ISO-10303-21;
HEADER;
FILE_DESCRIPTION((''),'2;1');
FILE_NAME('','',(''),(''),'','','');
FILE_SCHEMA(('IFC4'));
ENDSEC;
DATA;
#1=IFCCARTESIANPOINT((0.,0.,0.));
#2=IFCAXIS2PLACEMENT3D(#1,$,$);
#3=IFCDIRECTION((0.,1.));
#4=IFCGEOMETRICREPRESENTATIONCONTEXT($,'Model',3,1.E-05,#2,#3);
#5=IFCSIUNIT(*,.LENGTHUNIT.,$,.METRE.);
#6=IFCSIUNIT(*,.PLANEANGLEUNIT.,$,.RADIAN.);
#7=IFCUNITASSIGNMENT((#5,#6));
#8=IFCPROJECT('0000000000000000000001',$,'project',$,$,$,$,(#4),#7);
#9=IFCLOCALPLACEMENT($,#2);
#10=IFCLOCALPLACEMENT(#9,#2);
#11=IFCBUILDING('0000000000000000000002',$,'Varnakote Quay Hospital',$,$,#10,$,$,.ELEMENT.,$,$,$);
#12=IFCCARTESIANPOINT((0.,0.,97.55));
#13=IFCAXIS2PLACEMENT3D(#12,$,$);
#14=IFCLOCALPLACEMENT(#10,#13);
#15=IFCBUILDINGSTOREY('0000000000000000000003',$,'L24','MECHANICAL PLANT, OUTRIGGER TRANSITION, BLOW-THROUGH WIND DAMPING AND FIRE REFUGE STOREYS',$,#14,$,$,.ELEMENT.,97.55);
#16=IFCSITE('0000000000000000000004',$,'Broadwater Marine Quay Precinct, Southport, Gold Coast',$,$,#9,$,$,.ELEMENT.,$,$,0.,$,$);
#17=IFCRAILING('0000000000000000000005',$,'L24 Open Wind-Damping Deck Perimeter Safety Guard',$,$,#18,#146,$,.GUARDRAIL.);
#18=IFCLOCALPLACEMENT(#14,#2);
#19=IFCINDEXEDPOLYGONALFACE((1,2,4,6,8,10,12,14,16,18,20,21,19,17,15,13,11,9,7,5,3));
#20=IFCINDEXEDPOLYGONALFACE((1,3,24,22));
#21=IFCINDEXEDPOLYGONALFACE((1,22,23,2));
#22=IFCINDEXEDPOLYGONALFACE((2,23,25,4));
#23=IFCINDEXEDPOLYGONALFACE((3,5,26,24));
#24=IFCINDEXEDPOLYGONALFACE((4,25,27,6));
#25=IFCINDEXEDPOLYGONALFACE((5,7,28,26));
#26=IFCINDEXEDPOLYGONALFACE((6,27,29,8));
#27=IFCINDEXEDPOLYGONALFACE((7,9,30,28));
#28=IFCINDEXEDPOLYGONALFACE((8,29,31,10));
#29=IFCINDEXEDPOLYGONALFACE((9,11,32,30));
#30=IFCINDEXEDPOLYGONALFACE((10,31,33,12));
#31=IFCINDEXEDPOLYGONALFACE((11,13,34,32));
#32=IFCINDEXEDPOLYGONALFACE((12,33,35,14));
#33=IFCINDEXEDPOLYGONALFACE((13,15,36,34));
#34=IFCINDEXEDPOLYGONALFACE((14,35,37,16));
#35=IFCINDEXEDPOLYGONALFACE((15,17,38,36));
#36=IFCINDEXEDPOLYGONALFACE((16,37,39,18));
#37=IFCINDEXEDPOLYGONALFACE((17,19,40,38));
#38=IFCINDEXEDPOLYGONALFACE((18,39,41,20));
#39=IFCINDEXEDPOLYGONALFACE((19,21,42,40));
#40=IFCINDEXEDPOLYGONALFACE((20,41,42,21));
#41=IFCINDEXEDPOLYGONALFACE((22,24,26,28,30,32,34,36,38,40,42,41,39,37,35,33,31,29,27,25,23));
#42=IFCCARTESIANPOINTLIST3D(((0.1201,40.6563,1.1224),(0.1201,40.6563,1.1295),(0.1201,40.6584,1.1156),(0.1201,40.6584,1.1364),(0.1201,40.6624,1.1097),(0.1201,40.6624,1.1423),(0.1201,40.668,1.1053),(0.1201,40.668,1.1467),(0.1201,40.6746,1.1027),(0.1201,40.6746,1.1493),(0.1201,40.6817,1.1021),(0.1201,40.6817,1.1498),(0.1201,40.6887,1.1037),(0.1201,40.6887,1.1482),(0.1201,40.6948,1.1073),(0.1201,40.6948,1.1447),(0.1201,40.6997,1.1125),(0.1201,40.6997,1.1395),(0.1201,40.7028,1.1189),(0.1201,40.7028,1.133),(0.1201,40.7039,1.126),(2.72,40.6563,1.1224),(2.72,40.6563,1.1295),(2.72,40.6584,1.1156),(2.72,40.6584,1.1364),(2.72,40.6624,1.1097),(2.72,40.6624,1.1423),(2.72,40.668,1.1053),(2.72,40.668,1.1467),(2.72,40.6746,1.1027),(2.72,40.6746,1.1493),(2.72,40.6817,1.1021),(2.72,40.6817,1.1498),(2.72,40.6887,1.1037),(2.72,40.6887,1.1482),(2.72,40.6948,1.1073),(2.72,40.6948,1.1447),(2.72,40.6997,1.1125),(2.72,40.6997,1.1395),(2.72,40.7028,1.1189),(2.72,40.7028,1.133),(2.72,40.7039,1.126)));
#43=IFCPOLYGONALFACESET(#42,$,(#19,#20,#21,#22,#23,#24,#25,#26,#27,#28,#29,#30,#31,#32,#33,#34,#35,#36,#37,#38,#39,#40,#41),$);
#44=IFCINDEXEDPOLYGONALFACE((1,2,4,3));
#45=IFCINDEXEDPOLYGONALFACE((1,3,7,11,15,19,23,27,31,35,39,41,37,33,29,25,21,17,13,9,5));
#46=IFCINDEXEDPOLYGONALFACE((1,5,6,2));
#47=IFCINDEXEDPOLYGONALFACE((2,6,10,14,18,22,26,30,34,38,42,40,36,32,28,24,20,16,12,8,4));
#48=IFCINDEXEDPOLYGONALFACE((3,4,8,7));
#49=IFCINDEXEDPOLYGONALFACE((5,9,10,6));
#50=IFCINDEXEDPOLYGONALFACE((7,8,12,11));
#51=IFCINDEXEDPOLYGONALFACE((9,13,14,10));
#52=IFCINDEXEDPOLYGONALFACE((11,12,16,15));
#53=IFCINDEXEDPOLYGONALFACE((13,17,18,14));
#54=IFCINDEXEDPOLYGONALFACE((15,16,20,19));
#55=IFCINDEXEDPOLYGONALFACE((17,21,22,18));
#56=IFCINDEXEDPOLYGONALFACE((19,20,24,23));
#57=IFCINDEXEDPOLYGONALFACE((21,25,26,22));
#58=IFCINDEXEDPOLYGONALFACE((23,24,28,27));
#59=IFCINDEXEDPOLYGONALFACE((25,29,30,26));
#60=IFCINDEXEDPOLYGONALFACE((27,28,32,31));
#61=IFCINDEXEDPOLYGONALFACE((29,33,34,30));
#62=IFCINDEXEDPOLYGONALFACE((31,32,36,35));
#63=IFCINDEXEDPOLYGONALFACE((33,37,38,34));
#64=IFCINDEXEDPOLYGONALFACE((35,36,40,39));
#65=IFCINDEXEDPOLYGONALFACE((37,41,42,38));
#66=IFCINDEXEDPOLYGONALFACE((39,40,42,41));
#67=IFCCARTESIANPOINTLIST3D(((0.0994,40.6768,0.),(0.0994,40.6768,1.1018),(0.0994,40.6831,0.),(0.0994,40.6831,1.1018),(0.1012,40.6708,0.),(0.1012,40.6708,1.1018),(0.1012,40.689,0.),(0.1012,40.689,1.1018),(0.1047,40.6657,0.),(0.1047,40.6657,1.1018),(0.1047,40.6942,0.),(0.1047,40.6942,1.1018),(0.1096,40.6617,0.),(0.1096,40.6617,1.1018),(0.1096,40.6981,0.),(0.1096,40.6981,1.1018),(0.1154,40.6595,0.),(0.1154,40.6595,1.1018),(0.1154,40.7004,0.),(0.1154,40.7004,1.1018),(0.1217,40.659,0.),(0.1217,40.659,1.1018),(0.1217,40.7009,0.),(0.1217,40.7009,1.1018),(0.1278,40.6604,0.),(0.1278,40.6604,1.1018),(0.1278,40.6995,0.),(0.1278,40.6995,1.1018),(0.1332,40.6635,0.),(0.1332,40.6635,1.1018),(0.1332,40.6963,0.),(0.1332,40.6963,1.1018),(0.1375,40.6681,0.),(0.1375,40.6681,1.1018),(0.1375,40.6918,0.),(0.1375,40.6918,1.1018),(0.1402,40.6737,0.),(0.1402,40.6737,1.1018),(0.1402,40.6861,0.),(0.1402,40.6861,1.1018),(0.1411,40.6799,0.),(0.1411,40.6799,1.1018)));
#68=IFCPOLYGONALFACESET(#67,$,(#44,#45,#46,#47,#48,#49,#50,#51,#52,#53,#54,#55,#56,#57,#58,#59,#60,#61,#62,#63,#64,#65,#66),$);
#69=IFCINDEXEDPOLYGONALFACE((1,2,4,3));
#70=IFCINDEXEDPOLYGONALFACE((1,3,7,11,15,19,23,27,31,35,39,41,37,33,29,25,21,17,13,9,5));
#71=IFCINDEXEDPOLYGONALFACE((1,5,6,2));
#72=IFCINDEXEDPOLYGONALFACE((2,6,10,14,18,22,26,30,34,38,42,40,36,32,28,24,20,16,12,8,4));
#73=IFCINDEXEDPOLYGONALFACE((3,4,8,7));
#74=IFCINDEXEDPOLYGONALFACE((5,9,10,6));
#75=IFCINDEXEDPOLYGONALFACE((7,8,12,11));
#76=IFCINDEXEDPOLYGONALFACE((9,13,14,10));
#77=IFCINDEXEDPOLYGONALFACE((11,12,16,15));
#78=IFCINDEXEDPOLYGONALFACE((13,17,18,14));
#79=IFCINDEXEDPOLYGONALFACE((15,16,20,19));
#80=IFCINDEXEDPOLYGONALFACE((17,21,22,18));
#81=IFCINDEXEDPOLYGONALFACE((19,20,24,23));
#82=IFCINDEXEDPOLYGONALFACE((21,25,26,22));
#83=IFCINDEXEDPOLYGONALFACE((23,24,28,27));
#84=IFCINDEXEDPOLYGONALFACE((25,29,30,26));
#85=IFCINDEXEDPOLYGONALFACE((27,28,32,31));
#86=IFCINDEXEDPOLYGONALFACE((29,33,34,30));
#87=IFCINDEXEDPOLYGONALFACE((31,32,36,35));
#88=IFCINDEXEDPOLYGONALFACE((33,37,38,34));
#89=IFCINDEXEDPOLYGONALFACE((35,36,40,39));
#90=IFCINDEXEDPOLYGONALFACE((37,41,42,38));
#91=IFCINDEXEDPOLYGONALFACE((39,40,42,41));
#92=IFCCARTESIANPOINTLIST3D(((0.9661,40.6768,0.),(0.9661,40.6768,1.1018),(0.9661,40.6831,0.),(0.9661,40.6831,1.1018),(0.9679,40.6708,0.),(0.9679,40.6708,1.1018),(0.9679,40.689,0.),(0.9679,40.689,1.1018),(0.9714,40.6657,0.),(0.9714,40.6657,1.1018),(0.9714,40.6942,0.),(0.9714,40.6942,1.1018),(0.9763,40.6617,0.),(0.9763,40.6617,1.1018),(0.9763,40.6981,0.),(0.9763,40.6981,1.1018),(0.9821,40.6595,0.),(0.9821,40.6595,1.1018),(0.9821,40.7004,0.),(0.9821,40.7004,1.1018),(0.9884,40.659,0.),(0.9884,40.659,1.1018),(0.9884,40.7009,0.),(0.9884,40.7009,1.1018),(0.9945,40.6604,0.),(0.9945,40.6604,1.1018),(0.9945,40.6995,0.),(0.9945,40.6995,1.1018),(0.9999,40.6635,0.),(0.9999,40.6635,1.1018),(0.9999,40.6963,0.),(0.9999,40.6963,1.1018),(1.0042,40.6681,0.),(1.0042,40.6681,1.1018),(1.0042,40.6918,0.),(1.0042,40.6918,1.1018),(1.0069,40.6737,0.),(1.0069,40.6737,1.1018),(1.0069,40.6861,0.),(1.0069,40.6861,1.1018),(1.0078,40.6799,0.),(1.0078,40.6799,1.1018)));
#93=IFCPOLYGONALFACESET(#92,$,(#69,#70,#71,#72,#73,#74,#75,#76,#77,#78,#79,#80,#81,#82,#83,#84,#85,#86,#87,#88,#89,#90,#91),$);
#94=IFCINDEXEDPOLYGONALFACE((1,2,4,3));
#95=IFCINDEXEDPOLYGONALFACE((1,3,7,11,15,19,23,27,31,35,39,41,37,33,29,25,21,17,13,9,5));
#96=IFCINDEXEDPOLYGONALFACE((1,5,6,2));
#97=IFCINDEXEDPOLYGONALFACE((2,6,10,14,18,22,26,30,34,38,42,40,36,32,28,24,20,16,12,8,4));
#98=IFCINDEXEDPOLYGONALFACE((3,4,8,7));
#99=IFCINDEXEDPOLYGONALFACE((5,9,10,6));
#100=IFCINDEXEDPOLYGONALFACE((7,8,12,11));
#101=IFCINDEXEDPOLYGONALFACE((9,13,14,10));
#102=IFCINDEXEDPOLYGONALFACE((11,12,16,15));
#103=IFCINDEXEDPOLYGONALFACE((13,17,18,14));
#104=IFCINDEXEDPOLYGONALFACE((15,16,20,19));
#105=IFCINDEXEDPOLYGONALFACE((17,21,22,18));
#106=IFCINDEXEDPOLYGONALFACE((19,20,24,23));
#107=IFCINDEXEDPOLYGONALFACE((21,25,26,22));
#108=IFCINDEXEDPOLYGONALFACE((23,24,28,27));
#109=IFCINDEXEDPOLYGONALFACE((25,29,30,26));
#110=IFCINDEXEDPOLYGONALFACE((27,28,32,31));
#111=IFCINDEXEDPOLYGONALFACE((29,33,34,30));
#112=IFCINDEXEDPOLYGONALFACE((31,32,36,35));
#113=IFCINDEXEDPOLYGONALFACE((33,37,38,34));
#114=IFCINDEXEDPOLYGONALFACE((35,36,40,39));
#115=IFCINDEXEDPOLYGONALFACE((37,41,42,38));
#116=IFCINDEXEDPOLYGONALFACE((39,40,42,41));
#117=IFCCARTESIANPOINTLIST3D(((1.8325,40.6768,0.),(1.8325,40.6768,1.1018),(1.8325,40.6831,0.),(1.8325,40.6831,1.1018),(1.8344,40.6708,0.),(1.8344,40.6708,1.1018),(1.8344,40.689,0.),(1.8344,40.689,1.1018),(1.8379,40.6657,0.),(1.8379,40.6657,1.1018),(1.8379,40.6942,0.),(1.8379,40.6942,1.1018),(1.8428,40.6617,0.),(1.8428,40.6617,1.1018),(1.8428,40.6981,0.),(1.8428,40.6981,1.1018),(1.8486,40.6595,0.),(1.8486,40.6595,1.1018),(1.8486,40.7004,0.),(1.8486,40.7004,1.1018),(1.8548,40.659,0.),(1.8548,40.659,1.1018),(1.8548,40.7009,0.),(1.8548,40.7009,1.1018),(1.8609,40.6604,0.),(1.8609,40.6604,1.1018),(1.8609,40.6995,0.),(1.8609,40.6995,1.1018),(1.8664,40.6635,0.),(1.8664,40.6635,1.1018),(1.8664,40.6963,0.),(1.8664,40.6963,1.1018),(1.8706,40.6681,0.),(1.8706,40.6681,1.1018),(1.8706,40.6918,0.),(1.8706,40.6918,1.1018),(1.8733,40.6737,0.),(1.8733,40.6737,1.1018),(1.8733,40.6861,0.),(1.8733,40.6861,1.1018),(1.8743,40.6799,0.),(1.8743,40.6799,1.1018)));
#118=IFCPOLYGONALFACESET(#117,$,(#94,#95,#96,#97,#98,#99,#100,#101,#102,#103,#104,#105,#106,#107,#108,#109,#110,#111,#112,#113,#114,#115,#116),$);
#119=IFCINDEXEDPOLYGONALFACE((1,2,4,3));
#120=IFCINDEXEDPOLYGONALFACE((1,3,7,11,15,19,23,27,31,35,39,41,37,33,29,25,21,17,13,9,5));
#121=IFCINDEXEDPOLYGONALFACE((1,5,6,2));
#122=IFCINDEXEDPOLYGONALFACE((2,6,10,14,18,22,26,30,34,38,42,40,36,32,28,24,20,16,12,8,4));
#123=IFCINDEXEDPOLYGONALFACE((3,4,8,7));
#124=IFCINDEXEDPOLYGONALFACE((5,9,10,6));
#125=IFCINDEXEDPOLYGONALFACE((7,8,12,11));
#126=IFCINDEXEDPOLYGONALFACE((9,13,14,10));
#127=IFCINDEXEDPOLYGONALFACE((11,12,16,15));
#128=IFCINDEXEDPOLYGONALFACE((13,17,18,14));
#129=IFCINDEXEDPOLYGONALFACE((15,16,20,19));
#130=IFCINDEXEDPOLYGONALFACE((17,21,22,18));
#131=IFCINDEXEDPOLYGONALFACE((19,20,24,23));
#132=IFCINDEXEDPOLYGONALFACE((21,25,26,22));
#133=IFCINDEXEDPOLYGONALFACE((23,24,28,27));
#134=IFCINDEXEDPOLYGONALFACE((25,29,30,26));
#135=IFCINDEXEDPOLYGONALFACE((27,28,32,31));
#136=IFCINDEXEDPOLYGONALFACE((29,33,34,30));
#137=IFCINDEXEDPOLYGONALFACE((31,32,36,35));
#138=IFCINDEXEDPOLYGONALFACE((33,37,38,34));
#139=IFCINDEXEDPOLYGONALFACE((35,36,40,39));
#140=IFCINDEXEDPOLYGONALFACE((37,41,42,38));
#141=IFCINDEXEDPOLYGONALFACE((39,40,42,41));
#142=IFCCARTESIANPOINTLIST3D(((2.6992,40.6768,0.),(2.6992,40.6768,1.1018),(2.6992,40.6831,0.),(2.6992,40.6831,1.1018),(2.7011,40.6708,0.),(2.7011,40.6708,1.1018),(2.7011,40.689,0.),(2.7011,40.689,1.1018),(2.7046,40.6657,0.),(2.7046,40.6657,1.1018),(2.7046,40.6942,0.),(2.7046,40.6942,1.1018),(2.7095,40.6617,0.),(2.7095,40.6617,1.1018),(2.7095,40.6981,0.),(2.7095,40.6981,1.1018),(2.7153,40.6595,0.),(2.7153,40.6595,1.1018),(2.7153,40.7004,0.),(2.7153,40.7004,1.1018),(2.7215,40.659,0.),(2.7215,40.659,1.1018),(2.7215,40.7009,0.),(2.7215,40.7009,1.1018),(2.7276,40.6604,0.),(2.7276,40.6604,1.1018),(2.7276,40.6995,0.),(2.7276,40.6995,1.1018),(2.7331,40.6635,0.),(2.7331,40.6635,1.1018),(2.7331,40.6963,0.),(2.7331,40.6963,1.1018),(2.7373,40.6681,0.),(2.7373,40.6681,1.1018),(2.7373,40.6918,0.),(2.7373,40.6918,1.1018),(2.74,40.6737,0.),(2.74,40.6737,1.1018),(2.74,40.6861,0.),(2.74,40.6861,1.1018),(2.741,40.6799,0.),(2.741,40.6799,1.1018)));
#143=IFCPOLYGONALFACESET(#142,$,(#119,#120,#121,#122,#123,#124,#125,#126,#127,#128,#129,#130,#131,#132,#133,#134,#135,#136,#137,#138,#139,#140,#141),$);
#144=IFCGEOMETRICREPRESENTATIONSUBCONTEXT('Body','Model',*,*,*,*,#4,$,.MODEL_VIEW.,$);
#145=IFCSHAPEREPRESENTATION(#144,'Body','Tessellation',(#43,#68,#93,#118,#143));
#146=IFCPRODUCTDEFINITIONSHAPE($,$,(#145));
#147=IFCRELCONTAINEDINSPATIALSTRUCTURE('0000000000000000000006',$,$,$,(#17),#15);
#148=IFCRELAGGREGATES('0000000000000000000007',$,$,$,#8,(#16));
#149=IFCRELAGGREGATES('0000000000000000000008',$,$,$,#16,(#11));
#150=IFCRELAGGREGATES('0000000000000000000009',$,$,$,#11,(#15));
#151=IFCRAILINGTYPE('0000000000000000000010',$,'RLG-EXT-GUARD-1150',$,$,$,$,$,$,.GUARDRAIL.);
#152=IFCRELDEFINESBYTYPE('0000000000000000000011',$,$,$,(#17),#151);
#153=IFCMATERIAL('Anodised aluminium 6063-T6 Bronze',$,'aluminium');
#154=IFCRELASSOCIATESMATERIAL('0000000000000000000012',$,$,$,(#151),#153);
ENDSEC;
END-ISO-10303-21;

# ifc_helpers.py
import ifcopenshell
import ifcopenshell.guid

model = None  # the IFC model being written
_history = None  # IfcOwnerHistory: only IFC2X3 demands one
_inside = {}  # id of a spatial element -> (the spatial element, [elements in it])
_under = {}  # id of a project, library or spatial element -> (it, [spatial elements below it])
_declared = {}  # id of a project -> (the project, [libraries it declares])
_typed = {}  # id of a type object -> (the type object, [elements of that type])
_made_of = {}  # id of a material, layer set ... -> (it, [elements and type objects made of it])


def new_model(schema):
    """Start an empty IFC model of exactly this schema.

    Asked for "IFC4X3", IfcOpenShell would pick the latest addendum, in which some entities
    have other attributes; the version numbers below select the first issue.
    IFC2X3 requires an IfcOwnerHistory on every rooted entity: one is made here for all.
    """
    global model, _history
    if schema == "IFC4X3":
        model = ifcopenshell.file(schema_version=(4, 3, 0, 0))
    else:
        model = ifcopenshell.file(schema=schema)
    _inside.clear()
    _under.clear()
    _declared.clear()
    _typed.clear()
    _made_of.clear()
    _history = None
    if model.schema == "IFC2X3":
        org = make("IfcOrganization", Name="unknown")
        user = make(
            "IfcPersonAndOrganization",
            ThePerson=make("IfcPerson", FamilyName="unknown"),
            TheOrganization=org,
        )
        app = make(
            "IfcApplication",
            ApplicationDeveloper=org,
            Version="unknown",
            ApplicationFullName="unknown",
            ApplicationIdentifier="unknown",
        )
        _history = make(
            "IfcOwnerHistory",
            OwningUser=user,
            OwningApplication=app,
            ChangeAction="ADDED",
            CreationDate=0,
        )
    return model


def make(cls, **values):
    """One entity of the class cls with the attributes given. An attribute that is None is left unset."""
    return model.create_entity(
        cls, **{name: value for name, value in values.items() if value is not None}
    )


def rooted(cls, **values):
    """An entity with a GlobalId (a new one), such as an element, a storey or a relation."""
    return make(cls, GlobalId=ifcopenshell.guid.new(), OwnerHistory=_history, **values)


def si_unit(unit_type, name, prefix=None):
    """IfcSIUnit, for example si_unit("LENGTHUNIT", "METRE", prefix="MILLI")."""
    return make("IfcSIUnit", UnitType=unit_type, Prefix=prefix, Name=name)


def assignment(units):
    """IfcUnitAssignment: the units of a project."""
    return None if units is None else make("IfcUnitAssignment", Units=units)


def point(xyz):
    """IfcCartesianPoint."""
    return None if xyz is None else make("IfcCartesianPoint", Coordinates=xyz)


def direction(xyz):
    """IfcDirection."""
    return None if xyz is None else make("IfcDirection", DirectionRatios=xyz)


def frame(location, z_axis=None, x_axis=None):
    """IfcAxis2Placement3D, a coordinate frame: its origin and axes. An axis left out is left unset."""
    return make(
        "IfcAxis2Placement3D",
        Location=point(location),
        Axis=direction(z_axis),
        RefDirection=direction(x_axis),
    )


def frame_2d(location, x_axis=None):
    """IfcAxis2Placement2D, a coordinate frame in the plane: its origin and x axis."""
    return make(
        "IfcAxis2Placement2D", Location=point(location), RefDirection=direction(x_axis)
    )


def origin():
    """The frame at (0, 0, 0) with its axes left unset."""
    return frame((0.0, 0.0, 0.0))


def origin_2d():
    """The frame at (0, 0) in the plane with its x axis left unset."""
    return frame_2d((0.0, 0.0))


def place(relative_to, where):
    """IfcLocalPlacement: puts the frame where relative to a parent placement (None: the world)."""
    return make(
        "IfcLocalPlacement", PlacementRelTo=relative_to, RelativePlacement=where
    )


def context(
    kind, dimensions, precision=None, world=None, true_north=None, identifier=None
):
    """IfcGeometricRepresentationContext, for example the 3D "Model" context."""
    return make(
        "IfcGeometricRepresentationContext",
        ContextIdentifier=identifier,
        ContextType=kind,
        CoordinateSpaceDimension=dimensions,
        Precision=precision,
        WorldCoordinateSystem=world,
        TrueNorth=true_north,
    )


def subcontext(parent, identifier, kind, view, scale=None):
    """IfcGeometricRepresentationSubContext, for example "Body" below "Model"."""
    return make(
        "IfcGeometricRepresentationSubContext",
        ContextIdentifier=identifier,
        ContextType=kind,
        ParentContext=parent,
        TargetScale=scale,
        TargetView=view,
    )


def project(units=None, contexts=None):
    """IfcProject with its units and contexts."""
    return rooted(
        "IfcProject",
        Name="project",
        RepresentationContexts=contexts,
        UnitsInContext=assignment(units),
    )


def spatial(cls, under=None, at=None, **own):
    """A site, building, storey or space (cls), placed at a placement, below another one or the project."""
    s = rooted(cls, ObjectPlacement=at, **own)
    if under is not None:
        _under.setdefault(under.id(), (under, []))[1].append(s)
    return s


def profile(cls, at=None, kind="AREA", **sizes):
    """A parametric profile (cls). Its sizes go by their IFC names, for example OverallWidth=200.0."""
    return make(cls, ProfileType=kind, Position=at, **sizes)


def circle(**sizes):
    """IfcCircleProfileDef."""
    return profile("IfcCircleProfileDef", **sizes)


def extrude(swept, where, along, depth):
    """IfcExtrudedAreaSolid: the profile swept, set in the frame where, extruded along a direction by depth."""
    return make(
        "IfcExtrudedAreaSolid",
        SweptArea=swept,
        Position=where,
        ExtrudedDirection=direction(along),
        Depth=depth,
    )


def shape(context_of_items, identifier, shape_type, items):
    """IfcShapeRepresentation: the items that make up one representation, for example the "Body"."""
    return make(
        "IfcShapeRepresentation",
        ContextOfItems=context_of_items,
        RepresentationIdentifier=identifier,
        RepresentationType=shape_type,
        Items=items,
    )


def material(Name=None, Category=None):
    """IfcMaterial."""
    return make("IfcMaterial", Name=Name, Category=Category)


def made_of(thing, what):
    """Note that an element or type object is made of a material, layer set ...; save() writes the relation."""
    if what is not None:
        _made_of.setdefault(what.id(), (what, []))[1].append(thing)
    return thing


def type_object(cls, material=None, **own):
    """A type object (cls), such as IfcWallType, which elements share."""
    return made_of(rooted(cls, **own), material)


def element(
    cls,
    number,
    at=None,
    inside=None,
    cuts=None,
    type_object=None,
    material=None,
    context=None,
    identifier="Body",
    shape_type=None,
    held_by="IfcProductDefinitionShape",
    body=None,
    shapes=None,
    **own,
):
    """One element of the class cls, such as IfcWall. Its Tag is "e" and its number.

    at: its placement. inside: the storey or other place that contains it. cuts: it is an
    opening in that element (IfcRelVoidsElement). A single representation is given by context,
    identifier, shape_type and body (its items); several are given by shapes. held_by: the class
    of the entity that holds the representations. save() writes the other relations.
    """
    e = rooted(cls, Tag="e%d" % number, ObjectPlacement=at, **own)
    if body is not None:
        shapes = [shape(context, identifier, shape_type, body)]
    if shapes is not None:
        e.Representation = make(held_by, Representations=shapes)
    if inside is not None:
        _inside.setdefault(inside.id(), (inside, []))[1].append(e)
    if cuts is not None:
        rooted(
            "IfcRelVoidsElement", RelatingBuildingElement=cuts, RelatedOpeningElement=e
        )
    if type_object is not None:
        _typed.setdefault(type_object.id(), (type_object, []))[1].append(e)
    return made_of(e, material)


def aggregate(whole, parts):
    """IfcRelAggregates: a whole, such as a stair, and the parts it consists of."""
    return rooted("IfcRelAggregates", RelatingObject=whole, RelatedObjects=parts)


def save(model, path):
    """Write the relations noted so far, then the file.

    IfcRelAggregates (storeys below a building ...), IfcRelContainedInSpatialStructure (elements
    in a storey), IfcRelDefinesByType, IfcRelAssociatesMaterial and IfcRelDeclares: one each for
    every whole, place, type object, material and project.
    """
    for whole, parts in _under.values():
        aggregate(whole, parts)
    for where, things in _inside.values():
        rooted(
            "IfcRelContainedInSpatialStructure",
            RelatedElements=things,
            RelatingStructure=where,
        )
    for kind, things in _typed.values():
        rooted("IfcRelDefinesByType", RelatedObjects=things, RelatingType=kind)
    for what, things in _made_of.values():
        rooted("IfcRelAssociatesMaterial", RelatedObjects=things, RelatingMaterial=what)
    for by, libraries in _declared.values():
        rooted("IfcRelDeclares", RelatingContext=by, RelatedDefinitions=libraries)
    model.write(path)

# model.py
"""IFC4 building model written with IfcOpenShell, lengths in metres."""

from ifc_helpers import new_model, si_unit, direction, frame, origin, origin_2d, place, context, subcontext, project, spatial, circle, extrude, material, type_object, element, save


model = new_model("IFC4")

# Units and contexts
model_context = context("Model", 3, precision=1e-05, world=origin(), true_north=direction((0.0, 1.0)))
body_context = subcontext(model_context, "Body", "Model", "MODEL_VIEW")
ifc_project = project(units=[si_unit("LENGTHUNIT", "METRE"), si_unit("PLANEANGLEUNIT", "RADIAN")], contexts=[model_context])

# Site, building, storey
site_placement = place(None, origin())
site = spatial("IfcSite", under=ifc_project, at=site_placement, Name="Broadwater Marine Quay Precinct, Southport, Gold Coast", CompositionType="ELEMENT", RefElevation=0.0)
building_placement = place(site_placement, origin())
building = spatial("IfcBuilding", under=site, at=building_placement, Name="Varnakote Quay Hospital", CompositionType="ELEMENT")
storey_placement = place(building_placement, frame((0.0, 0.0, 97.55)))
storey = spatial("IfcBuildingStorey", under=building, at=storey_placement, Name="L24", Description="MECHANICAL PLANT, OUTRIGGER TRANSITION, BLOW-THROUGH WIND DAMPING AND FIRE REFUGE STOREYS", CompositionType="ELEMENT", Elevation=97.55)

# Railing
ifc_material_1 = material(Name="Anodised aluminium 6063-T6 Bronze", Category="aluminium")
railing_type = type_object("IfcRailingType", Name="RLG-EXT-GUARD-1150", PredefinedType="GUARDRAIL", material=ifc_material_1)
railing_1_placement = place(storey_placement, frame((0.1201, 40.6799, 0.0)))
element("IfcRailing", 1, at=railing_1_placement, inside=storey, type_object=railing_type, Name="L24 Open Wind-Damping Deck Perimeter Safety Guard", PredefinedType="GUARDRAIL", context=body_context, shape_type="SweptSolid", body=[
    extrude(circle(Radius=0.0239, at=origin_2d()), frame((0.0, 0.0, 1.126), z_axis=(1.0, 0.0, 0.0), x_axis=(0.0, 1.0, 0.0)), (0.0, 0.0, 1.0), 2.5999),
    extrude(circle(Radius=0.021, at=origin_2d()), origin(), (0.0, 0.0, 1.0), 1.1018),
    extrude(circle(Radius=0.021, at=origin_2d()), frame((0.8667, 0.0, 0.0)), (0.0, 0.0, 1.0), 1.1018),
    extrude(circle(Radius=0.021, at=origin_2d()), frame((1.7332, 0.0, 0.0)), (0.0, 0.0, 1.0), 1.1018),
    extrude(circle(Radius=0.021, at=origin_2d()), frame((2.5999, 0.0, 0.0)), (0.0, 0.0, 1.0), 1.1018),
])

save(model, "model.ifc")
